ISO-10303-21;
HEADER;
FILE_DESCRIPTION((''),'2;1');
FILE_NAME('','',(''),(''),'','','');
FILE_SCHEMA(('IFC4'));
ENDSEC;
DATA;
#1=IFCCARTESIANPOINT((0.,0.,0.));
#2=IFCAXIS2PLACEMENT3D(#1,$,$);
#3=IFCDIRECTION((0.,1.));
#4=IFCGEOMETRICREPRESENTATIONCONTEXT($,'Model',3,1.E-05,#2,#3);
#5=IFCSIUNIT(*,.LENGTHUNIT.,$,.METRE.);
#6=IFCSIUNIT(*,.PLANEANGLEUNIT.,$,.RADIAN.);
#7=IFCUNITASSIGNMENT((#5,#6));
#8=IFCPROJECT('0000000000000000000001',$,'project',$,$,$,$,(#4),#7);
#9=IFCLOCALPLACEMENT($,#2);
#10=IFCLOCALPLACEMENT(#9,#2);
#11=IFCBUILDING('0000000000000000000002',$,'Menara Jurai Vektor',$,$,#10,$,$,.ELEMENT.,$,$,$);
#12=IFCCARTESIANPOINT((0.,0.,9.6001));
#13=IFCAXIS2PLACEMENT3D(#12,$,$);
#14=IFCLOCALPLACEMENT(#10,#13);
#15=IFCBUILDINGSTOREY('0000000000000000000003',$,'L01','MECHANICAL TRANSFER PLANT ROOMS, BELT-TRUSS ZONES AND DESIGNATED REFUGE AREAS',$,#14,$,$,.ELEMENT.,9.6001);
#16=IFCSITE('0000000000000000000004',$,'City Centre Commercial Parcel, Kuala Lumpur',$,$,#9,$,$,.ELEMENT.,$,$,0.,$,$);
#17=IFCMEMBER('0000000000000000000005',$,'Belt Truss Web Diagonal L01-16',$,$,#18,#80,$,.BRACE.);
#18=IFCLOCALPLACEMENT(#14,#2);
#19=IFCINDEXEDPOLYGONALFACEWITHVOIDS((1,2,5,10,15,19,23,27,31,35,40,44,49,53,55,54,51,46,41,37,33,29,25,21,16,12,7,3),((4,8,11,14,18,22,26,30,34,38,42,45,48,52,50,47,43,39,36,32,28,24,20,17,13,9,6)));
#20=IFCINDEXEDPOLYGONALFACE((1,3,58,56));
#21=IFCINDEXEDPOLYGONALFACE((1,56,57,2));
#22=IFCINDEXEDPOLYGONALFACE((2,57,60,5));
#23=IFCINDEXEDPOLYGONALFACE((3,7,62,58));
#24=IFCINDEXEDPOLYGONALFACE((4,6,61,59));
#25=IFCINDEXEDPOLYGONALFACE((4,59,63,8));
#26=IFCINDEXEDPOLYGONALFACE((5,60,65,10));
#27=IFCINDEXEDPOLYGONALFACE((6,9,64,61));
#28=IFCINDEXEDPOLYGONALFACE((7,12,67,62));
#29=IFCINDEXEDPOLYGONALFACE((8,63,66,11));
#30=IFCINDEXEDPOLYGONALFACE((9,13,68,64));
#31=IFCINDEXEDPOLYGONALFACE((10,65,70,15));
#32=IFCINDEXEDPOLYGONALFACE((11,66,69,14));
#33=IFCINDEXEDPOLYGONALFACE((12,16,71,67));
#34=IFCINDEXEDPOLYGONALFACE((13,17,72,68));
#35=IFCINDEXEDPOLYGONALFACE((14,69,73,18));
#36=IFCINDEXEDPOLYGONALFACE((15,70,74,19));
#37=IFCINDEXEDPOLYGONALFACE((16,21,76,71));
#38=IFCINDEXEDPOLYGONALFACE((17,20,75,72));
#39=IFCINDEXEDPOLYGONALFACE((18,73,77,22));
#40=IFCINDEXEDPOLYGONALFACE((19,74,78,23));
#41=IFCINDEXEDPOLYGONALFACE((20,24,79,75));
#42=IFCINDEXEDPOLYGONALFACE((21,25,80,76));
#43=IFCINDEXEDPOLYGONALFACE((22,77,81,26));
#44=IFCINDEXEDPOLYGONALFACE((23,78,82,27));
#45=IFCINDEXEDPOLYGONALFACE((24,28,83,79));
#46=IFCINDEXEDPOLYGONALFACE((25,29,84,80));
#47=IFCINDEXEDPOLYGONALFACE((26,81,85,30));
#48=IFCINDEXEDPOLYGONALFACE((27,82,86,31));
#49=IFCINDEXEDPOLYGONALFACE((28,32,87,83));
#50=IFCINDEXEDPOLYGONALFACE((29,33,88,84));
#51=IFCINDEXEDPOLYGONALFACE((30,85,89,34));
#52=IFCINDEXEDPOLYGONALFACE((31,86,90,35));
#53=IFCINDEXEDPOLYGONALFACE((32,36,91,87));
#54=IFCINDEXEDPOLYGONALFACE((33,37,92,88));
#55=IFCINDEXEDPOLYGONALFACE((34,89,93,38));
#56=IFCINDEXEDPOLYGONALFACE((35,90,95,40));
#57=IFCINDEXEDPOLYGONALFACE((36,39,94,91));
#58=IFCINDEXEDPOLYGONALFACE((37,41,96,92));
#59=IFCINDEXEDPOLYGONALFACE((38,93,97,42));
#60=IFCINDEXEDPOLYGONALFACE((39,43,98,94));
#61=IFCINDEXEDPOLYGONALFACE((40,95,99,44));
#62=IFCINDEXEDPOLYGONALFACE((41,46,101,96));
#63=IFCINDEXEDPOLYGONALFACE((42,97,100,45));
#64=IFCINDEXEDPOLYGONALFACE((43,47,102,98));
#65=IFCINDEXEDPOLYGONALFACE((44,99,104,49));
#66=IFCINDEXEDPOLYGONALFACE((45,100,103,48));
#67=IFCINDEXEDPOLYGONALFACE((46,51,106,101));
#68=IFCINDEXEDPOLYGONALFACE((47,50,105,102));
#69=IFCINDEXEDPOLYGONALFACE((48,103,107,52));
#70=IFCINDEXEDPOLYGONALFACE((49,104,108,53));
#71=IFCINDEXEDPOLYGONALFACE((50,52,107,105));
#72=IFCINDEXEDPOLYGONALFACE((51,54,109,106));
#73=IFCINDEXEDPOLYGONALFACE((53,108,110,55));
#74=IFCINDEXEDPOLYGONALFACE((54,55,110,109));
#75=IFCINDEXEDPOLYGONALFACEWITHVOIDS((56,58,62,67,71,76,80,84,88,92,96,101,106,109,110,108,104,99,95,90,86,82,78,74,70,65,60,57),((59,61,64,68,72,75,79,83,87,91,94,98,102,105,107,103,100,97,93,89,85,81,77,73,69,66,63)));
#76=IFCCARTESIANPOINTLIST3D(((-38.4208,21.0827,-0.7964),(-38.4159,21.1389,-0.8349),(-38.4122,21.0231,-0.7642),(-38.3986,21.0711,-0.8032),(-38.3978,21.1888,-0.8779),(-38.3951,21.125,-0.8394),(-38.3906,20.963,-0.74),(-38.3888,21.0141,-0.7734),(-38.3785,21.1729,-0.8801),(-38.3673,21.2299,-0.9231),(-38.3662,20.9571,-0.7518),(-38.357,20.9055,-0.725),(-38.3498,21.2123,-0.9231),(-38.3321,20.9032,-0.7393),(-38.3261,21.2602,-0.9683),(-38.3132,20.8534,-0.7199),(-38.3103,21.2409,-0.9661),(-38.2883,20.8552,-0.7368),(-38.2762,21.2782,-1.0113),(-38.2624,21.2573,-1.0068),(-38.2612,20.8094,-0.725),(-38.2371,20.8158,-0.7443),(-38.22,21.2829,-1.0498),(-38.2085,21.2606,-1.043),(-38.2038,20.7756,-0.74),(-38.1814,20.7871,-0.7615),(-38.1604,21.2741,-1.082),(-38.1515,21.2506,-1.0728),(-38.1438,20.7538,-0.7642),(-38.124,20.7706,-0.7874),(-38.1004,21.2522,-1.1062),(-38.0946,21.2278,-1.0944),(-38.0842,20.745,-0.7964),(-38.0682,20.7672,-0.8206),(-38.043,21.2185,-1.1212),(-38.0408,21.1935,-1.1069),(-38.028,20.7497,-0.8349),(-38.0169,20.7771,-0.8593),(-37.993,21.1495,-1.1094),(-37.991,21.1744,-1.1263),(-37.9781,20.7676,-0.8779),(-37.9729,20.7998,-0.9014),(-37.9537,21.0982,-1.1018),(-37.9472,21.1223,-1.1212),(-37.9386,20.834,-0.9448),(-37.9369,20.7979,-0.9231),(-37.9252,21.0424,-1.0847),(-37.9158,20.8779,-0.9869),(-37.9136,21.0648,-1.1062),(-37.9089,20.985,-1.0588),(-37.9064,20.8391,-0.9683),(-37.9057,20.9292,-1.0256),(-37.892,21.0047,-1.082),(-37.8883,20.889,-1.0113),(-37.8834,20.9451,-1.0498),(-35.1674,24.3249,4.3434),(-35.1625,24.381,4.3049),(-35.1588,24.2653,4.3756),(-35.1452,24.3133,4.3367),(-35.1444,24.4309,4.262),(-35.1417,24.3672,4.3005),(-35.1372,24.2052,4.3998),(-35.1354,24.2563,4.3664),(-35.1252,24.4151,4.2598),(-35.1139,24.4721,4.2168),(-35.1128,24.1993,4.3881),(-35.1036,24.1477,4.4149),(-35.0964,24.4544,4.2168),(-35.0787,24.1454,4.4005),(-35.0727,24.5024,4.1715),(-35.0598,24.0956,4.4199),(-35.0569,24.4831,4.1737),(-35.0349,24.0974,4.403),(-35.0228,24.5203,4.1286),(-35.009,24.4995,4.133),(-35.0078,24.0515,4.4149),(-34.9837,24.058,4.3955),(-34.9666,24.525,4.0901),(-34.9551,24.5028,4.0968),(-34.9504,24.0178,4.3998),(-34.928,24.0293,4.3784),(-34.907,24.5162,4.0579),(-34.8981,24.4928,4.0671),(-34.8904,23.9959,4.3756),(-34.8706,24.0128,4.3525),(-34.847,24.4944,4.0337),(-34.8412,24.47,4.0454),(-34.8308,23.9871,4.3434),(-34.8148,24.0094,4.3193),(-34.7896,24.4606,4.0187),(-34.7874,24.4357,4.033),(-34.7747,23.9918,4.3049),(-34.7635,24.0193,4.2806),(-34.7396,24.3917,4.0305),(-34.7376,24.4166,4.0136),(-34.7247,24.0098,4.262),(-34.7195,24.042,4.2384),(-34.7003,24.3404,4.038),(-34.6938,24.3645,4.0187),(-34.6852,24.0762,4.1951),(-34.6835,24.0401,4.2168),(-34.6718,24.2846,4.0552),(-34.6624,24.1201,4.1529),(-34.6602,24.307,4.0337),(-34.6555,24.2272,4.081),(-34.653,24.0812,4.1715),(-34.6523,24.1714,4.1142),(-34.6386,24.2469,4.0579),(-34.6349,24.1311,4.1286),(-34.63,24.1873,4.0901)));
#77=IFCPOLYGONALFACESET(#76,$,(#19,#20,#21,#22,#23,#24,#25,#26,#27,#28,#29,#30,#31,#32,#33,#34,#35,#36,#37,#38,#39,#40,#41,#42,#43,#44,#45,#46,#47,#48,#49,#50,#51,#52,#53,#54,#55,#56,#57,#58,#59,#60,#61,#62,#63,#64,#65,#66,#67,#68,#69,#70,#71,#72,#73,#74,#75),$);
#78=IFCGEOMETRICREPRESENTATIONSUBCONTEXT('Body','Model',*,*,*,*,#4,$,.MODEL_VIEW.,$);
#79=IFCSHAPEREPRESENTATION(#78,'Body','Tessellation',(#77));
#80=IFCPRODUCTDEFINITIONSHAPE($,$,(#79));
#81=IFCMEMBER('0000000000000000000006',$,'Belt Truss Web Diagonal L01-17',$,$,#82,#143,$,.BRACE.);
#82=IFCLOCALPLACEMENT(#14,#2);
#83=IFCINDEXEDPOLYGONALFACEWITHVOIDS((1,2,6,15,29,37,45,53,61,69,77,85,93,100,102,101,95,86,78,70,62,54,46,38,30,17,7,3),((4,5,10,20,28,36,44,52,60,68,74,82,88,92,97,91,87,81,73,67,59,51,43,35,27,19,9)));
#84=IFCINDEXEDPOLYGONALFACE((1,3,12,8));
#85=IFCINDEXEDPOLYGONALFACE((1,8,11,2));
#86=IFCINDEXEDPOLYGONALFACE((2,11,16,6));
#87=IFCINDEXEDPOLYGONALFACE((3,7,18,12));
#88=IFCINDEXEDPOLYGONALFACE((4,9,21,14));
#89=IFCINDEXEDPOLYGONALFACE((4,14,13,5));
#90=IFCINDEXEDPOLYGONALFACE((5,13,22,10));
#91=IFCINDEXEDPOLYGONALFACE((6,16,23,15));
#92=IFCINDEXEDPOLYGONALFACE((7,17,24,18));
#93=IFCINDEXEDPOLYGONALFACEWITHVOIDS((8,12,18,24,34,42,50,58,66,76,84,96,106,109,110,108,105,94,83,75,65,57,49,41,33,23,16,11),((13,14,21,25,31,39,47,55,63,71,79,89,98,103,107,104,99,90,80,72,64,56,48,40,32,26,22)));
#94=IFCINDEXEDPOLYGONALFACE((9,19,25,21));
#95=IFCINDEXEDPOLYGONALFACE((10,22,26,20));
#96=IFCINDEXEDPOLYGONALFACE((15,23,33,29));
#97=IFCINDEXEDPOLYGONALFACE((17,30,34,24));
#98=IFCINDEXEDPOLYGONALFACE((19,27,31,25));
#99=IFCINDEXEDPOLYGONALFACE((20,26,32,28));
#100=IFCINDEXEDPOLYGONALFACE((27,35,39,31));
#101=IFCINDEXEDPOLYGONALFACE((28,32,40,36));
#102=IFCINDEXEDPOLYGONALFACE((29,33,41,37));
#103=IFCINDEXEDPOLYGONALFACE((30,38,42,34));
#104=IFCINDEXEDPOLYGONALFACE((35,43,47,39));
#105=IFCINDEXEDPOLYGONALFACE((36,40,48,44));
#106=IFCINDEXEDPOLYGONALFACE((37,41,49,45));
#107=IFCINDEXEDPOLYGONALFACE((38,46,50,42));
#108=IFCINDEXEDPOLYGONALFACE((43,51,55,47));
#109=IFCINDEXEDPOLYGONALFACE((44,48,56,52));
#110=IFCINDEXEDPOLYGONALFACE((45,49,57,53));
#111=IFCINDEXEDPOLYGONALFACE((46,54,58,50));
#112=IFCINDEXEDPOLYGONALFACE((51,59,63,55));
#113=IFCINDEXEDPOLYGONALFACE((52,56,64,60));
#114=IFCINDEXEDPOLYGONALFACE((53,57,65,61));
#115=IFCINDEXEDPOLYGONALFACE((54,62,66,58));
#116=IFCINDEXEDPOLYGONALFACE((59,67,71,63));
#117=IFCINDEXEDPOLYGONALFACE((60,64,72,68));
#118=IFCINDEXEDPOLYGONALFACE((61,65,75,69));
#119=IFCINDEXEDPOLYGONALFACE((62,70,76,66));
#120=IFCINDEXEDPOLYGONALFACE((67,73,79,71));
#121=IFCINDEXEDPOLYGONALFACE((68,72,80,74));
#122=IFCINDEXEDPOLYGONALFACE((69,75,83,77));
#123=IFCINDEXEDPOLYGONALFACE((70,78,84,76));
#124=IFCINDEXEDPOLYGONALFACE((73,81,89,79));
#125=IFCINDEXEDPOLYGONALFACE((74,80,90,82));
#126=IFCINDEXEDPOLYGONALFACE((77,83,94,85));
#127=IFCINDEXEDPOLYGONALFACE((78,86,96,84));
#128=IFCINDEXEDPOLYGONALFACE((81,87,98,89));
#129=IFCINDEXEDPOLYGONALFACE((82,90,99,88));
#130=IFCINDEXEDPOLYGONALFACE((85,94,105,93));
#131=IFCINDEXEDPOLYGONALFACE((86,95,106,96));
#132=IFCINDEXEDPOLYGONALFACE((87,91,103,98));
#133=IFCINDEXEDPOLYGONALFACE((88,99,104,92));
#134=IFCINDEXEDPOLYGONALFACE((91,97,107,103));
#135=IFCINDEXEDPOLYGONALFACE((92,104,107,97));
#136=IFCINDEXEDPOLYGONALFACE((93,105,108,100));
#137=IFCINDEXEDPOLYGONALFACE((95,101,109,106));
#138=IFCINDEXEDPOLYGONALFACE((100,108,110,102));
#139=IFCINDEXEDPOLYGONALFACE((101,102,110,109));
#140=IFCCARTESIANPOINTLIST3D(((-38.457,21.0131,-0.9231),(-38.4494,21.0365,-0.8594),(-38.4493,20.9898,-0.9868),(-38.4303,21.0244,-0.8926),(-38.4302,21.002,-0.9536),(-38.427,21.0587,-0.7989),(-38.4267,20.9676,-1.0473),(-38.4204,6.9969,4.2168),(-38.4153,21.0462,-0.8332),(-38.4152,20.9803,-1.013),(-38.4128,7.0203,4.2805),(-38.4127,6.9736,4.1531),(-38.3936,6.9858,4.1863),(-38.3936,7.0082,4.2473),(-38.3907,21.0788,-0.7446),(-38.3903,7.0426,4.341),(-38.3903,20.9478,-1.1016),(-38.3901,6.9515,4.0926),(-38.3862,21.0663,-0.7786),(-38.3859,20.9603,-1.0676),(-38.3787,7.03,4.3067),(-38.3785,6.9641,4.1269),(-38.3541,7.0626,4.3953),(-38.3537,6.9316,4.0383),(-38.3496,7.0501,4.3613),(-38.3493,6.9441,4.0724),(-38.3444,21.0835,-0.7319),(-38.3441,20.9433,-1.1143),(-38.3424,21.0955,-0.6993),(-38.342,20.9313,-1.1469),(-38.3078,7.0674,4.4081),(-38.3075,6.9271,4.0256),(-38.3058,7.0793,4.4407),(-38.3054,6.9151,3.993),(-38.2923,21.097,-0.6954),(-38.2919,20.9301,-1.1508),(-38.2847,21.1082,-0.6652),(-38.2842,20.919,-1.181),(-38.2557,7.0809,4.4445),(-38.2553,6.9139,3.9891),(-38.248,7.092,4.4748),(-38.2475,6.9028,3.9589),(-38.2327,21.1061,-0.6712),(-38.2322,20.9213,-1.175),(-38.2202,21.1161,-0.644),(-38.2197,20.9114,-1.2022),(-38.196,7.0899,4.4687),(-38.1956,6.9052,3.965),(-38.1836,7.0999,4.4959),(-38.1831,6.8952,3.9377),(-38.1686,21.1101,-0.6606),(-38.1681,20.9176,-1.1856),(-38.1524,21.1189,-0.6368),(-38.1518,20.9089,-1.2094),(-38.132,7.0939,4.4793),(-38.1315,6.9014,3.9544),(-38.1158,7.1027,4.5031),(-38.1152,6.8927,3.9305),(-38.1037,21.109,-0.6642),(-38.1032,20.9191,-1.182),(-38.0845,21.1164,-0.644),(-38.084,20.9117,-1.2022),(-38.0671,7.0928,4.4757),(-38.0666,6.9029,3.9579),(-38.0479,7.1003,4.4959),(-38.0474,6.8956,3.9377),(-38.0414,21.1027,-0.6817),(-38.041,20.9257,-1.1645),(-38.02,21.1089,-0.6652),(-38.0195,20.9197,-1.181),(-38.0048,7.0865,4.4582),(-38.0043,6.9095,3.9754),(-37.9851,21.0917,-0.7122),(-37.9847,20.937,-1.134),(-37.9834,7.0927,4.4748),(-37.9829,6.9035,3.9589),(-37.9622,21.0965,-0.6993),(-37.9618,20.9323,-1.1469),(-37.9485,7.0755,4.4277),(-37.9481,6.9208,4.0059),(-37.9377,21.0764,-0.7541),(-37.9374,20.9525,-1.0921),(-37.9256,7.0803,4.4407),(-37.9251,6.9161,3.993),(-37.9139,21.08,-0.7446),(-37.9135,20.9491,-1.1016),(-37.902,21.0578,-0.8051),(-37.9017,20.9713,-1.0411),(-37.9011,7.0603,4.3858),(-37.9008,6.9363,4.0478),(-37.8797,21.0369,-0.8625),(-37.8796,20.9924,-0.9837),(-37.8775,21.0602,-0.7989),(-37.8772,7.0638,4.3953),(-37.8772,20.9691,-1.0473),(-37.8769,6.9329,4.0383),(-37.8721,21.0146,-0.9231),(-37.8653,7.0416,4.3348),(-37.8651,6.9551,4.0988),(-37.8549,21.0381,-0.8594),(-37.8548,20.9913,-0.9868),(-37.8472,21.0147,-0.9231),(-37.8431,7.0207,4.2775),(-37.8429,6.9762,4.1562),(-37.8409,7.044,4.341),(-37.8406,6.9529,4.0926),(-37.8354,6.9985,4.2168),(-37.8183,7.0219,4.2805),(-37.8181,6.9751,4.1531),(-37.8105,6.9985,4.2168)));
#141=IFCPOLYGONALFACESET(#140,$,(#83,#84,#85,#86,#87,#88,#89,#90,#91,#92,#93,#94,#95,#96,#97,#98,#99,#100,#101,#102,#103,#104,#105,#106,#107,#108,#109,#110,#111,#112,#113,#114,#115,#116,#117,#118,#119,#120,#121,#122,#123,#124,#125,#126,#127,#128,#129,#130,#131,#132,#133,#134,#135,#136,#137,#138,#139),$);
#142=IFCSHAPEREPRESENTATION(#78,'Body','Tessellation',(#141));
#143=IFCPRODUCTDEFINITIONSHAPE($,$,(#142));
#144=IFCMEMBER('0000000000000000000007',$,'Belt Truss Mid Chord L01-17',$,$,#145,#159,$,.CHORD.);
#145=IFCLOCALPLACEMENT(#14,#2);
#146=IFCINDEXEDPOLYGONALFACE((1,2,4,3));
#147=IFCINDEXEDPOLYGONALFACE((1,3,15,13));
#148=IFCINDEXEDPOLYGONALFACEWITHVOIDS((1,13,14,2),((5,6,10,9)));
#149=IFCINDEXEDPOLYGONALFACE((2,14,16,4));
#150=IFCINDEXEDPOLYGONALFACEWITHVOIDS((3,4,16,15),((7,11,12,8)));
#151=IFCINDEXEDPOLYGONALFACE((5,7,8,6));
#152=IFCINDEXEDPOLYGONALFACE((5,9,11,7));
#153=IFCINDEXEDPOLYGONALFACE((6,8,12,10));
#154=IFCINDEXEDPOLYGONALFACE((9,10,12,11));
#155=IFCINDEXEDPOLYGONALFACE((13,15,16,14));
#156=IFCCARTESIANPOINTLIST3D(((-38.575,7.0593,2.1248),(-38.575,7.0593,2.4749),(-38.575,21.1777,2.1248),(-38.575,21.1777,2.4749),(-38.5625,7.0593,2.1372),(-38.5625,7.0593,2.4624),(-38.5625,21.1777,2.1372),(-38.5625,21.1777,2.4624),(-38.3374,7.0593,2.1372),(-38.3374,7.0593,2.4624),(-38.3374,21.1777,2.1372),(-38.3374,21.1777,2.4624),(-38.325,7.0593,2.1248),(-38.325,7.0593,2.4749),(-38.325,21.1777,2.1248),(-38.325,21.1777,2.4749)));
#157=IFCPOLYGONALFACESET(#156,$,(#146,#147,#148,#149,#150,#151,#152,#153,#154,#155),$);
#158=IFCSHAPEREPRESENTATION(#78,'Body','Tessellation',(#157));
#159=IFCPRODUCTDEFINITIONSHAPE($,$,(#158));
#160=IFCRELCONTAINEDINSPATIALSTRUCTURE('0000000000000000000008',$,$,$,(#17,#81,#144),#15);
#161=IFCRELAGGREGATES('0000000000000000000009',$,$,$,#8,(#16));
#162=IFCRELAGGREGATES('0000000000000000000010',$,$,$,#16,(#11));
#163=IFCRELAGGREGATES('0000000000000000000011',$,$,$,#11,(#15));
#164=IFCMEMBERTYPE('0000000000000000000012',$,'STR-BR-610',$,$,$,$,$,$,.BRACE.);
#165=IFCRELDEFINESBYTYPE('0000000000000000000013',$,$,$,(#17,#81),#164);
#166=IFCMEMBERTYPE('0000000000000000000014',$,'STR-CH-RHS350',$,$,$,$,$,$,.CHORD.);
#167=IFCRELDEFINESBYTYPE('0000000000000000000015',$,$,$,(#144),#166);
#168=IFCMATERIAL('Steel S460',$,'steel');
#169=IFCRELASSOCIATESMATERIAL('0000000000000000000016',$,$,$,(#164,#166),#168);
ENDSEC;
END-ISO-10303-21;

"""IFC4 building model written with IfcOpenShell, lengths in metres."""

from ifc_helpers import new_model, si_unit, direction, frame, origin, origin_2d, place, context, subcontext, project, spatial, hollow_rectangle, hollow_circle, extrude, material, material_profile, profile_set, type_object, element, save


model = new_model("IFC4")

# Units and contexts
model_context = context("Model", 3, precision=1e-05, world=origin(), true_north=direction((0.0, 1.0)))
body_context = subcontext(model_context, "Body", "Model", "MODEL_VIEW")
ifc_project = project(units=[si_unit("LENGTHUNIT", "METRE"), si_unit("PLANEANGLEUNIT", "RADIAN")], contexts=[model_context])

# Site, building, storey
site_placement = place(None, origin())
site = spatial("IfcSite", under=ifc_project, at=site_placement, Name="City Centre Commercial Parcel, Kuala Lumpur", CompositionType="ELEMENT", RefElevation=0.0)
building_placement = place(site_placement, origin())
building = spatial("IfcBuilding", under=site, at=building_placement, Name="Menara Jurai Vektor", CompositionType="ELEMENT")
storey_placement = place(building_placement, frame((0.0, 0.0, 9.6001)))
storey = spatial("IfcBuildingStorey", under=building, at=storey_placement, Name="L01", Description="MECHANICAL TRANSFER PLANT ROOMS, BELT-TRUSS ZONES AND DESIGNATED REFUGE AREAS", CompositionType="ELEMENT", Elevation=9.6001)

# Shared definitions
ifc_material_1 = material(Name="Steel S460", Category="steel")

# Members
ifc_material_profile_1 = material_profile(ifc_material_1, hollow_circle(Radius=0.3049, WallThickness=0.0249, at=origin_2d()), Name="CHS 610x25")
ifc_profile_set_1 = profile_set([ifc_material_profile_1], Name="Steel S460")
member_type_1 = type_object("IfcMemberType", Name="STR-BR-610", PredefinedType="BRACE", material=ifc_profile_set_1)
member_1_placement = place(storey_placement, frame((-38.1521, 21.0139, -0.9231), z_axis=(0.471981, 0.470352, 0.745656), x_axis=(-0.705883, 0.708328, 0.0)))
element("IfcMember", 1, at=member_1_placement, inside=storey, type_object=member_type_1, Name="Belt Truss Web Diagonal L01-16", PredefinedType="BRACE", context=body_context, shape_type="SweptSolid", body=[
    extrude(hollow_circle(Radius=0.3049, WallThickness=0.0249, at=origin_2d()), origin(), (0.0, 0.0, 1.0), 6.8931),
])
member_2_placement = place(storey_placement, frame((-38.1521, 21.0139, -0.9231), z_axis=(0.002453, -0.938859, 0.344292), x_axis=(0.999997, 0.002613, 0.0)))
element("IfcMember", 2, at=member_2_placement, inside=storey, type_object=member_type_1, Name="Belt Truss Web Diagonal L01-17", PredefinedType="BRACE", context=body_context, shape_type="SweptSolid", body=[
    extrude(hollow_circle(Radius=0.3049, WallThickness=0.0249, at=origin_2d()), origin(), (0.0, 0.0, 1.0), 14.929),
])
ifc_material_profile_2 = material_profile(ifc_material_1, hollow_rectangle(XDim=0.25, YDim=0.3501, WallThickness=0.0125, at=origin_2d()), Name="RHS 350x250x12.5")
ifc_profile_set_2 = profile_set([ifc_material_profile_2], Name="Steel S460")
member_type_2 = type_object("IfcMemberType", Name="STR-CH-RHS350", PredefinedType="CHORD", material=ifc_profile_set_2)
member_3_placement = place(storey_placement, frame((-38.45, 21.1777, 2.2998), z_axis=(0.0, -1.0, 0.0), x_axis=(1.0, 0.0, 0.0)))
element("IfcMember", 3, at=member_3_placement, inside=storey, type_object=member_type_2, Name="Belt Truss Mid Chord L01-17", PredefinedType="CHORD", context=body_context, shape_type="SweptSolid", body=[
    extrude(hollow_rectangle(XDim=0.25, YDim=0.3501, WallThickness=0.0125, at=origin_2d()), origin(), (0.0, 0.0, 1.0), 14.1184),
])

save(model, "model.ifc")
